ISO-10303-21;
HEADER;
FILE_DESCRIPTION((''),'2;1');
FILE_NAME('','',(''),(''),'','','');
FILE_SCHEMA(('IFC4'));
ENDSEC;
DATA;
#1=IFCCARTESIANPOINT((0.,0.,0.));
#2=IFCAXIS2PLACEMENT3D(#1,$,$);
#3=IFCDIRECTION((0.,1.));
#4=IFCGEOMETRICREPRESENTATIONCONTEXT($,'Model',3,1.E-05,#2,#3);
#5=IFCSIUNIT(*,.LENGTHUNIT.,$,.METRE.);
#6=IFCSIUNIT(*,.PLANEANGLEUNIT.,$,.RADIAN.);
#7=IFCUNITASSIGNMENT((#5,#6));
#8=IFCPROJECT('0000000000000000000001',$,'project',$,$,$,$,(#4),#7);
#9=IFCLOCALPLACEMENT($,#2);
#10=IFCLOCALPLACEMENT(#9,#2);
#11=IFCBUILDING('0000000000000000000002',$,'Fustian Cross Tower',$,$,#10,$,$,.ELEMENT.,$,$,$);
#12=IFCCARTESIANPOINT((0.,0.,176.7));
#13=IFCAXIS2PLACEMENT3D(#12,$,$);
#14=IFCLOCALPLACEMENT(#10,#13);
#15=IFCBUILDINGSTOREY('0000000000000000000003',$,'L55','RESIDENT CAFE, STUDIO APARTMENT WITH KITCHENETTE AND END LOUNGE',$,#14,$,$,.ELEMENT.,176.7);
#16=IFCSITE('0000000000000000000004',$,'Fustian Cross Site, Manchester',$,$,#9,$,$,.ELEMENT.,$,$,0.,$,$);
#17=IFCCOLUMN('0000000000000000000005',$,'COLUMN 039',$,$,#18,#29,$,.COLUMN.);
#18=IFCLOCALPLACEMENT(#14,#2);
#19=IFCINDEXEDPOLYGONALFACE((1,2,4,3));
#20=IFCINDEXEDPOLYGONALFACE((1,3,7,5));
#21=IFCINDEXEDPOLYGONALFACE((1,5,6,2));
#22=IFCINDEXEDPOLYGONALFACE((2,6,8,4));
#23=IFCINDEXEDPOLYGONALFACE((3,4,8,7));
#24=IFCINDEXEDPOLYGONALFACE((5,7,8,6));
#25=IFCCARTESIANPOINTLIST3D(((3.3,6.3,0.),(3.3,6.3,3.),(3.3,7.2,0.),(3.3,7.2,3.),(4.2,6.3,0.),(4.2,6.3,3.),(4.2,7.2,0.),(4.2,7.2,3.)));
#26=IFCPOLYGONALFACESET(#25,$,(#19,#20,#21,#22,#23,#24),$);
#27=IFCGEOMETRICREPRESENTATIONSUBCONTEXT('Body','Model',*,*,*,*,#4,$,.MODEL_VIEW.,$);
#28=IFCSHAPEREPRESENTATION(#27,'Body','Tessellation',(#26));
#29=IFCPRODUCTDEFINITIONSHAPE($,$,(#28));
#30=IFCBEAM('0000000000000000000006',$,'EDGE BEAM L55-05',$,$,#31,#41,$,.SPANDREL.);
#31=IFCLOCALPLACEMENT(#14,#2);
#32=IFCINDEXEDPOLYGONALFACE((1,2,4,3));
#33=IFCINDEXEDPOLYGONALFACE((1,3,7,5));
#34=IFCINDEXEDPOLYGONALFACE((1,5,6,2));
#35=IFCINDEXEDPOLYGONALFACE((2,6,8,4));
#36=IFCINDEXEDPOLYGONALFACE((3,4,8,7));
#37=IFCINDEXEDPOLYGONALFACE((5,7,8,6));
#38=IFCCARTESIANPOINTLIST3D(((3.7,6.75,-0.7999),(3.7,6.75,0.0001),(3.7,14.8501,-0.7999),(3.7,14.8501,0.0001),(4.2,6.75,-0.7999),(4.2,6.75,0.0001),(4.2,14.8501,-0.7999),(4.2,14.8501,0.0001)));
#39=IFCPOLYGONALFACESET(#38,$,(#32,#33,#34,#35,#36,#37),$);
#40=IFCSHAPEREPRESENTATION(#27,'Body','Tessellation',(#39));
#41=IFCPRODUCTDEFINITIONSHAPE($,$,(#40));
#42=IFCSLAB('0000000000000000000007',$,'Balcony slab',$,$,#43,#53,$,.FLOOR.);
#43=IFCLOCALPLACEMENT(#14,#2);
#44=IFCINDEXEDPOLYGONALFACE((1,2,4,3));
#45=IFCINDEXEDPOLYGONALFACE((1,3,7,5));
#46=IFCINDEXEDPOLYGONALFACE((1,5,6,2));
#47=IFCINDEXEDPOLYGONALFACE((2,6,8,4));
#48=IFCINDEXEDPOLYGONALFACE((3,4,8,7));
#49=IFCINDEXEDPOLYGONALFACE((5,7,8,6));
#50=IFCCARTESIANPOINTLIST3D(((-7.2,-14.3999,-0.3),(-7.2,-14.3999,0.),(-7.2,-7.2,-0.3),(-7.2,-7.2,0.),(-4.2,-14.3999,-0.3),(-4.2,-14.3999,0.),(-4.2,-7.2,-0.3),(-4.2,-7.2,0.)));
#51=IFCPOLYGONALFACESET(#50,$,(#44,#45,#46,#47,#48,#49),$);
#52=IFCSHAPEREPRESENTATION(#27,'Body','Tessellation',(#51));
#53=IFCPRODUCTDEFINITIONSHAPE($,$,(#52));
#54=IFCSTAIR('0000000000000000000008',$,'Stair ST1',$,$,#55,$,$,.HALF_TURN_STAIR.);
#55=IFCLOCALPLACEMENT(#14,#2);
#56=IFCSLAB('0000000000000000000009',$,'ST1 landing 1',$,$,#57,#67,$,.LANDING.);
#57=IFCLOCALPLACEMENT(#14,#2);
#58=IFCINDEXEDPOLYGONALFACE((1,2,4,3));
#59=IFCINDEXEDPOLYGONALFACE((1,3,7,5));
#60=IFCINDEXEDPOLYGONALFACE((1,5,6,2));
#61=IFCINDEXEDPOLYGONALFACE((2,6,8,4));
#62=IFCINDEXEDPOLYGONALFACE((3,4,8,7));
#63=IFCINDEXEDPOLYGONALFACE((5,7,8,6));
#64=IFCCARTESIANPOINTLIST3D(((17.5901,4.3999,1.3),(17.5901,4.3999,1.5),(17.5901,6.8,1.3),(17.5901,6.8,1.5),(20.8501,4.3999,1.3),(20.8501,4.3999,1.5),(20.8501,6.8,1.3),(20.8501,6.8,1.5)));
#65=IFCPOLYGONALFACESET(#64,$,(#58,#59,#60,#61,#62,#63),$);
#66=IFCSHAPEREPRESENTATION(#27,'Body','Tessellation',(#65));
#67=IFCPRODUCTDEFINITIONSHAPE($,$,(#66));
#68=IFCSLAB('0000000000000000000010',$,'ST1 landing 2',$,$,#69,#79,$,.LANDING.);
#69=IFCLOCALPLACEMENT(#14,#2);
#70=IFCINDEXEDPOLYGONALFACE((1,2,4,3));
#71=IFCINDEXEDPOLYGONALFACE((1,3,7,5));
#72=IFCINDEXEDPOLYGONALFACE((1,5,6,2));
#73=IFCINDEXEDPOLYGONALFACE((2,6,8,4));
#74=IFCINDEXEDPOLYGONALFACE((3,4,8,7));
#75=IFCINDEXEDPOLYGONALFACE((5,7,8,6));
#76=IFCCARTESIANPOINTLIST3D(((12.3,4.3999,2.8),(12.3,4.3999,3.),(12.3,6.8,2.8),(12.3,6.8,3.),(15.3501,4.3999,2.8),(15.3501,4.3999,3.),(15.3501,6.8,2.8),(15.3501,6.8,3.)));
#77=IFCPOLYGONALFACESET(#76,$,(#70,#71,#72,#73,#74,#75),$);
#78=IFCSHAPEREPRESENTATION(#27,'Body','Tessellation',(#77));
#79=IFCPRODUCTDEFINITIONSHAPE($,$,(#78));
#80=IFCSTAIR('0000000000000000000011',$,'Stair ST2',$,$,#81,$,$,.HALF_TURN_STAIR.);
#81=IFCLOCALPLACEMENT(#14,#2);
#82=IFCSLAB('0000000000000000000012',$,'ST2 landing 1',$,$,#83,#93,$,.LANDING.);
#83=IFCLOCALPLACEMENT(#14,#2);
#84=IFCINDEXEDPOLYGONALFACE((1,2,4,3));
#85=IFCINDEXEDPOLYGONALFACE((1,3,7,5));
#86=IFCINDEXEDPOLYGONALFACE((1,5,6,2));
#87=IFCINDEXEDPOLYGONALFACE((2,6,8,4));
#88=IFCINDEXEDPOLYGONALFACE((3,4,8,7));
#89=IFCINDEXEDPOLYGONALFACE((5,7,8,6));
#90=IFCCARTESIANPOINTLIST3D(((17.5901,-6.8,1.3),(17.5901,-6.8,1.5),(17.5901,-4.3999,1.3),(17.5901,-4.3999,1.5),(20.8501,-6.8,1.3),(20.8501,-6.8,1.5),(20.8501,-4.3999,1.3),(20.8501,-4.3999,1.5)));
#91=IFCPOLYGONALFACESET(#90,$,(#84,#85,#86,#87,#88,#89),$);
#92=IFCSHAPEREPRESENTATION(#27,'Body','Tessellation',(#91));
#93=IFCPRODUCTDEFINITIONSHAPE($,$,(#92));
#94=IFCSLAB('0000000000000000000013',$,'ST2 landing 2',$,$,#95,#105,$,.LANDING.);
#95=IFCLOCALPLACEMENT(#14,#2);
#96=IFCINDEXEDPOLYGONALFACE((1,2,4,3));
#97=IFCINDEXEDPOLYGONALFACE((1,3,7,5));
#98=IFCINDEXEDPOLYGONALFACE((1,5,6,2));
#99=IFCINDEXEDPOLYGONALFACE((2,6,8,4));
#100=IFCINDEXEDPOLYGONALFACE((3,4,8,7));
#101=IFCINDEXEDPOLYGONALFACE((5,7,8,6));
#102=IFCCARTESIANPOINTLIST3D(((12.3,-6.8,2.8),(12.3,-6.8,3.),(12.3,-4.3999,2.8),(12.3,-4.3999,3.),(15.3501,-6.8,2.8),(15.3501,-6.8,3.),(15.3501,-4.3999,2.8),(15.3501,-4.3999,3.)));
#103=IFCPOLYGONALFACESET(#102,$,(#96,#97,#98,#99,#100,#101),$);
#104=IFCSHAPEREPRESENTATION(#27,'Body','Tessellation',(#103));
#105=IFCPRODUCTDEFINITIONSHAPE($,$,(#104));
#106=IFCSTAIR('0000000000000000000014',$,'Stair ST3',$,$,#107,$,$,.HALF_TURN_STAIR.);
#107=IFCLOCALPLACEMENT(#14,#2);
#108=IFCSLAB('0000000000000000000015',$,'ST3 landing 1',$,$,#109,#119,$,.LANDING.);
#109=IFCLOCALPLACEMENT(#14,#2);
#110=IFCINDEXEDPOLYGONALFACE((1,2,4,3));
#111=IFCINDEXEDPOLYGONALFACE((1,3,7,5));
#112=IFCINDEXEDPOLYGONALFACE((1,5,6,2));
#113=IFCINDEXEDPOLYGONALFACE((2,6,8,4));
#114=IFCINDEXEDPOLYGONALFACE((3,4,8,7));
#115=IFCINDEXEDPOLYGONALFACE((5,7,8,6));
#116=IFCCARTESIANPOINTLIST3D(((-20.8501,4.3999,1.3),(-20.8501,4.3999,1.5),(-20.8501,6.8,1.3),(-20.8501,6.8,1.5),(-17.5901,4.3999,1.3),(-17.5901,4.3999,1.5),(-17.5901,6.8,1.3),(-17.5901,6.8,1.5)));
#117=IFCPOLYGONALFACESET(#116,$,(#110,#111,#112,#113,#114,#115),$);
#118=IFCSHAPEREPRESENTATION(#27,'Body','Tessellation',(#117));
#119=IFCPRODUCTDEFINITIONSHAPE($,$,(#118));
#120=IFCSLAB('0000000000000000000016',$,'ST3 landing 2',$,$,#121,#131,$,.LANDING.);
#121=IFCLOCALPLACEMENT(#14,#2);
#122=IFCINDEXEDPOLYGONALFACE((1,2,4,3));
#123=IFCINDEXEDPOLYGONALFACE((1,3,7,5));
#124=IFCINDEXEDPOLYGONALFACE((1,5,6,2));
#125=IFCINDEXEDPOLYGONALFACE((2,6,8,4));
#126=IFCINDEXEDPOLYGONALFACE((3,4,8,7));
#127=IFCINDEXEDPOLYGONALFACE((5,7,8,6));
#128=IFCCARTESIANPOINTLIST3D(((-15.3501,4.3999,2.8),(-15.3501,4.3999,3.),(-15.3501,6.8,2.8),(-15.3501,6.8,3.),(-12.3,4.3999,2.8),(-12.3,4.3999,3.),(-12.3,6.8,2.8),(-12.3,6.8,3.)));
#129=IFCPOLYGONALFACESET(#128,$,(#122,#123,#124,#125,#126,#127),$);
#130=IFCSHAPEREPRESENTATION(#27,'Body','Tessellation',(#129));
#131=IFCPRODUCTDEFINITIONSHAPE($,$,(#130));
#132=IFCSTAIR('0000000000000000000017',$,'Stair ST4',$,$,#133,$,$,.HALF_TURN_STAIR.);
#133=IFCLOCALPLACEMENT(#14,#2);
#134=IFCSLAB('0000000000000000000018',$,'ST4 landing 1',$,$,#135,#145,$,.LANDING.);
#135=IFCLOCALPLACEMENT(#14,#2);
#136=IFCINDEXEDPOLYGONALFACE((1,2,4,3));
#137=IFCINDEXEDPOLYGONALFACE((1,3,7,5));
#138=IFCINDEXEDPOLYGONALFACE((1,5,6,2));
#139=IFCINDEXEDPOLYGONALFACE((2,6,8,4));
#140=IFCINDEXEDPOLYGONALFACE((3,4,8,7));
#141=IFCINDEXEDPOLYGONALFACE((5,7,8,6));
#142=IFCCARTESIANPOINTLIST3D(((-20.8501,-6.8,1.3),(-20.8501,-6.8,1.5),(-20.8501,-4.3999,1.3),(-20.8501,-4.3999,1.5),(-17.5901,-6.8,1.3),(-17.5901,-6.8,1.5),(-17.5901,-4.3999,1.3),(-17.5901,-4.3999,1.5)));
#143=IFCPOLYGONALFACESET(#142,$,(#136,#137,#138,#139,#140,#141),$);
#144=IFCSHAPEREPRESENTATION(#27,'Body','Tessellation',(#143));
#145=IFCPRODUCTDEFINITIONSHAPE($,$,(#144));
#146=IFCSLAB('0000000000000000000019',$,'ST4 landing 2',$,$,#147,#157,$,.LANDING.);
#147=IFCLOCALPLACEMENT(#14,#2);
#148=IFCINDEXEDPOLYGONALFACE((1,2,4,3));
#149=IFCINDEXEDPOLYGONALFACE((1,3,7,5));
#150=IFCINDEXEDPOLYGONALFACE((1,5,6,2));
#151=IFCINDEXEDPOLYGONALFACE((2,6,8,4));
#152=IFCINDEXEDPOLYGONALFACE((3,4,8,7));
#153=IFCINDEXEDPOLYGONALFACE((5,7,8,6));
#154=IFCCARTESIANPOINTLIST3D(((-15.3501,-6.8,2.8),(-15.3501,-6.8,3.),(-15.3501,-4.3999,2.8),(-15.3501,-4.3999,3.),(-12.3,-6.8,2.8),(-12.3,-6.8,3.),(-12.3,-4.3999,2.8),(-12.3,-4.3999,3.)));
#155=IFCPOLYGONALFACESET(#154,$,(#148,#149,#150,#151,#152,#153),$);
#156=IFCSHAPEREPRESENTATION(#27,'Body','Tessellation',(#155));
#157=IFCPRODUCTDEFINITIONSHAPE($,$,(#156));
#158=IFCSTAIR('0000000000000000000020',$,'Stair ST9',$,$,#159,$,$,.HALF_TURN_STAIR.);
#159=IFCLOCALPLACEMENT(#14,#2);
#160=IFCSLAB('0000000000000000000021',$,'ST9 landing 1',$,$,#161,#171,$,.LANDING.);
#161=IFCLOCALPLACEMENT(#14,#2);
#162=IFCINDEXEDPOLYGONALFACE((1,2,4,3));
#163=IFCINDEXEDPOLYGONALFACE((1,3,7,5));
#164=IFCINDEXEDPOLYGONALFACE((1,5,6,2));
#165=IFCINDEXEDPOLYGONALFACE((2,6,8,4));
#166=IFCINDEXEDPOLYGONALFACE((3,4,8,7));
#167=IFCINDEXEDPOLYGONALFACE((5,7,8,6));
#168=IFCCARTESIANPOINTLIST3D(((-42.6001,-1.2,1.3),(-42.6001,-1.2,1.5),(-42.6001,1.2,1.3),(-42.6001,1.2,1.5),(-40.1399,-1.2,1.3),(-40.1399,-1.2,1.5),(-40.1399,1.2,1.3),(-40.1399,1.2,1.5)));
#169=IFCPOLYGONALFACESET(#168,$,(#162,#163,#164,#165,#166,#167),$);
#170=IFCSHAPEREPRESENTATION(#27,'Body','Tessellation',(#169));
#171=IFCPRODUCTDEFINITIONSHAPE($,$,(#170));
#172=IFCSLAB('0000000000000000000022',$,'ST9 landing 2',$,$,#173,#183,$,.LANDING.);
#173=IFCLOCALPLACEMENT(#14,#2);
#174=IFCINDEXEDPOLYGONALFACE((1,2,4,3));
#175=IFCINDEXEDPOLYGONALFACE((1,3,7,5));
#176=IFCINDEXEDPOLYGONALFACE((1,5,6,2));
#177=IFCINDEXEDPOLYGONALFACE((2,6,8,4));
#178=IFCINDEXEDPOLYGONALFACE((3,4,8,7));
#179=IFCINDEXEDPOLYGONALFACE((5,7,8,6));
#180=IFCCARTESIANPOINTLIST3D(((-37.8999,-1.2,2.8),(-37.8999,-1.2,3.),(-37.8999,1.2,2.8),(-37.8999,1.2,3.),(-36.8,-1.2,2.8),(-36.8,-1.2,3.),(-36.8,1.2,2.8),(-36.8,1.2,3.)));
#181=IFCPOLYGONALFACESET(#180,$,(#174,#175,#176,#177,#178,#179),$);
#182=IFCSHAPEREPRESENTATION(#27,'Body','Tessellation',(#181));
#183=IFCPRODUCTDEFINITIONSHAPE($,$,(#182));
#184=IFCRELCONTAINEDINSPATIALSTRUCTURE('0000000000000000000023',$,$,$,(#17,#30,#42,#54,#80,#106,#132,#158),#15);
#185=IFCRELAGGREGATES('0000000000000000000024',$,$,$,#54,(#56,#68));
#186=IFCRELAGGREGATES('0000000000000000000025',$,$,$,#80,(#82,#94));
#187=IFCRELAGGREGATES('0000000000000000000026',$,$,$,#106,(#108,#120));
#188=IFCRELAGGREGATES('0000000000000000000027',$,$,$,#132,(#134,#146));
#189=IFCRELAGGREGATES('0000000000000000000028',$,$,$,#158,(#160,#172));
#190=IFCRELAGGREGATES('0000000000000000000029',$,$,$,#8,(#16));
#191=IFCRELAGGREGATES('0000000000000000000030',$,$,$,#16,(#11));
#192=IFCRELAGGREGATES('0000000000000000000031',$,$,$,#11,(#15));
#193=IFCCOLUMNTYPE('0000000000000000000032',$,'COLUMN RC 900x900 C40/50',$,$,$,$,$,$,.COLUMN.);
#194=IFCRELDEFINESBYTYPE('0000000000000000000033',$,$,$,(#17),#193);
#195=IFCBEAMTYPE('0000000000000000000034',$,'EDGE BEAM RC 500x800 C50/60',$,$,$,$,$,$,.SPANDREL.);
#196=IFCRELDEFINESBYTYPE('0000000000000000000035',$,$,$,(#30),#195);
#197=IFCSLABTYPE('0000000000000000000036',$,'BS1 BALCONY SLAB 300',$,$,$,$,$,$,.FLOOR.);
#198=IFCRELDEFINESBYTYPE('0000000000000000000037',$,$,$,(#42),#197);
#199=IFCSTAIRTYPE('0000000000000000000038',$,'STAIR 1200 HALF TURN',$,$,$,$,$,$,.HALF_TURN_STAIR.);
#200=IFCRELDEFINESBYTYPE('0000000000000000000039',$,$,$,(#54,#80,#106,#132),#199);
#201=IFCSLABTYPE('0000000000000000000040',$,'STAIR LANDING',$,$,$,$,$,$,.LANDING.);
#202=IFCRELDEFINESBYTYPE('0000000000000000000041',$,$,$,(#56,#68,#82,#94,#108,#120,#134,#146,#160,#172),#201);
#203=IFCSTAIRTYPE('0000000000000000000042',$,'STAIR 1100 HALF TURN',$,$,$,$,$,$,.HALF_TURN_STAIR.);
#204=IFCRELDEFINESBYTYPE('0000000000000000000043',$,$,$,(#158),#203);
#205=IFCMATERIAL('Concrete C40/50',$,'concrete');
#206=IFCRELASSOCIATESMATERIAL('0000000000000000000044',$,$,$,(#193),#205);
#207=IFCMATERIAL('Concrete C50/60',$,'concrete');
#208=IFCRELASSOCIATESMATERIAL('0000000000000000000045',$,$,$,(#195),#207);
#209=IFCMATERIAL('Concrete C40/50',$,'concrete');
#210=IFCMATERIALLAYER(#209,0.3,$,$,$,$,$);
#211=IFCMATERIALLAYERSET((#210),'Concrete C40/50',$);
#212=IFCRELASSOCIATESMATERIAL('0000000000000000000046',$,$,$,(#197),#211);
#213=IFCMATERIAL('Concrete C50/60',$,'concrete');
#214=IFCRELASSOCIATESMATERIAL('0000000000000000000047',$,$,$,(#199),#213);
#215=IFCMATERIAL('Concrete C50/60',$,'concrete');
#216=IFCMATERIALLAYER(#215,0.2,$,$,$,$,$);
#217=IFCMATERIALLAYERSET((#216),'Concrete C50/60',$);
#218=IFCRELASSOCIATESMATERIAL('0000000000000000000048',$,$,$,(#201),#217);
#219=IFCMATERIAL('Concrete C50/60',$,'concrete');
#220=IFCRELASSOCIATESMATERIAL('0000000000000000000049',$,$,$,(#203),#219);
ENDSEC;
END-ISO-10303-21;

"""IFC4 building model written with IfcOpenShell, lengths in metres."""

from ifc_helpers import new_model, si_unit, direction, frame, origin, origin_2d, place, context, subcontext, project, spatial, polyline, rectangle, outline, extrude, material, layer, layer_set, material_profile, profile_set, type_object, element, aggregate, save


model = new_model("IFC4")

# Units and contexts
model_context = context("Model", 3, precision=1e-05, world=origin(), true_north=direction((0.0, 1.0)))
body_context = subcontext(model_context, "Body", "Model", "MODEL_VIEW")
ifc_project = project(units=[si_unit("LENGTHUNIT", "METRE"), si_unit("PLANEANGLEUNIT", "RADIAN")], contexts=[model_context])

# Site, building, storey
site_placement = place(None, origin())
site = spatial("IfcSite", under=ifc_project, at=site_placement, Name="Fustian Cross Site, Manchester", CompositionType="ELEMENT", RefElevation=0.0)
building_placement = place(site_placement, origin())
building = spatial("IfcBuilding", under=site, at=building_placement, Name="Fustian Cross Tower", CompositionType="ELEMENT")
storey_placement = place(building_placement, frame((0.0, 0.0, 176.7)))
storey = spatial("IfcBuildingStorey", under=building, at=storey_placement, Name="L55", Description="RESIDENT CAFE, STUDIO APARTMENT WITH KITCHENETTE AND END LOUNGE", CompositionType="ELEMENT", Elevation=176.7)

# Column
ifc_material_1 = material(Name="Concrete C40/50", Category="concrete")
ifc_material_profile_1 = material_profile(ifc_material_1, rectangle(XDim=0.8999, YDim=0.8999, at=origin_2d()), Name="RC 900x900")
ifc_profile_set_1 = profile_set([ifc_material_profile_1], Name="Concrete C40/50")
column_type = type_object("IfcColumnType", Name="COLUMN RC 900x900 C40/50", PredefinedType="COLUMN", material=ifc_profile_set_1)
column_placement = place(storey_placement, frame((3.75, 6.75, 0.0), z_axis=(0.0, 0.0, 1.0), x_axis=(1.0, 0.0, 0.0)))
element("IfcColumn", 1, at=column_placement, inside=storey, type_object=column_type, Name="COLUMN 039", PredefinedType="COLUMN", context=body_context, shape_type="SweptSolid", body=[
    extrude(rectangle(XDim=0.8999, YDim=0.8999, at=origin_2d()), origin(), (0.0, 0.0, 1.0), 3.0),
])

# Beam
ifc_material_2 = material(Name="Concrete C50/60", Category="concrete")
ifc_material_profile_2 = material_profile(ifc_material_2, rectangle(XDim=0.5, YDim=0.8, at=origin_2d()), Name="RC 500x800")
ifc_profile_set_2 = profile_set([ifc_material_profile_2], Name="Concrete C50/60")
beam_type = type_object("IfcBeamType", Name="EDGE BEAM RC 500x800 C50/60", PredefinedType="SPANDREL", material=ifc_profile_set_2)
beam_placement = place(storey_placement, frame((3.95, 6.75, -0.3999), z_axis=(0.0, 1.0, 0.0), x_axis=(-1.0, 0.0, 0.0)))
element("IfcBeam", 2, at=beam_placement, inside=storey, type_object=beam_type, Name="EDGE BEAM L55-05", PredefinedType="SPANDREL", context=body_context, shape_type="SweptSolid", body=[
    extrude(rectangle(XDim=0.5, YDim=0.8, at=origin_2d()), origin(), (0.0, 0.0, 1.0), 8.1001),
])

# Slab
ifc_material_3 = material(Name="Concrete C40/50", Category="concrete")
ifc_layer_1 = layer(ifc_material_3, 0.3)
ifc_layer_set_1 = layer_set([ifc_layer_1], Name="Concrete C40/50")
slab_type_1 = type_object("IfcSlabType", Name="BS1 BALCONY SLAB 300", PredefinedType="FLOOR", material=ifc_layer_set_1)
slab_1_placement = place(storey_placement, frame((0.0, 0.0, -0.3)))
element("IfcSlab", 3, at=slab_1_placement, inside=storey, type_object=slab_type_1, Name="Balcony slab", PredefinedType="FLOOR", context=body_context, shape_type="SweptSolid", body=[
    extrude(outline(polyline([(-7.2, -14.3999), (-4.2, -14.3999), (-4.2, -7.2), (-7.2, -7.2), (-7.2, -14.3999)])), origin(), (0.0, 0.0, 1.0), 0.3),
])

# Stairs, slabs
ifc_material_4 = material(Name="Concrete C50/60", Category="concrete")
stair_type_1 = type_object("IfcStairType", Name="STAIR 1200 HALF TURN", PredefinedType="HALF_TURN_STAIR", material=ifc_material_4)
stair_1_placement = place(storey_placement, origin())
stair_1 = element("IfcStair", 4, at=stair_1_placement, inside=storey, type_object=stair_type_1, Name="Stair ST1", PredefinedType="HALF_TURN_STAIR")
ifc_material_5 = material(Name="Concrete C50/60", Category="concrete")
ifc_layer_2 = layer(ifc_material_5, 0.2)
ifc_layer_set_2 = layer_set([ifc_layer_2], Name="Concrete C50/60")
slab_type_2 = type_object("IfcSlabType", Name="STAIR LANDING", PredefinedType="LANDING", material=ifc_layer_set_2)
slab_2_placement = place(storey_placement, frame((0.0, 0.0, 1.3)))
slab_2 = element("IfcSlab", 5, at=slab_2_placement, type_object=slab_type_2, Name="ST1 landing 1", PredefinedType="LANDING", context=body_context, shape_type="SweptSolid", body=[
    extrude(outline(polyline([(17.5901, 4.3999), (20.8501, 4.3999), (20.8501, 6.8), (17.5901, 6.8), (17.5901, 4.3999)])), origin(), (0.0, 0.0, 1.0), 0.2),
])
slab_3_placement = place(storey_placement, frame((0.0, 0.0, 2.8)))
slab_3 = element("IfcSlab", 6, at=slab_3_placement, type_object=slab_type_2, Name="ST1 landing 2", PredefinedType="LANDING", context=body_context, shape_type="SweptSolid", body=[
    extrude(outline(polyline([(12.3, 4.3999), (15.3501, 4.3999), (15.3501, 6.8), (12.3, 6.8), (12.3, 4.3999)])), origin(), (0.0, 0.0, 1.0), 0.2),
])
aggregate(stair_1, [slab_2, slab_3])
stair_2_placement = place(storey_placement, origin())
stair_2 = element("IfcStair", 7, at=stair_2_placement, inside=storey, type_object=stair_type_1, Name="Stair ST2", PredefinedType="HALF_TURN_STAIR")
slab_4_placement = place(storey_placement, frame((0.0, 0.0, 1.3)))
slab_4 = element("IfcSlab", 8, at=slab_4_placement, type_object=slab_type_2, Name="ST2 landing 1", PredefinedType="LANDING", context=body_context, shape_type="SweptSolid", body=[
    extrude(outline(polyline([(17.5901, -4.3999), (20.8501, -4.3999), (20.8501, -6.8), (17.5901, -6.8), (17.5901, -4.3999)])), origin(), (0.0, 0.0, 1.0), 0.2),
])
slab_5_placement = place(storey_placement, frame((0.0, 0.0, 2.8)))
slab_5 = element("IfcSlab", 9, at=slab_5_placement, type_object=slab_type_2, Name="ST2 landing 2", PredefinedType="LANDING", context=body_context, shape_type="SweptSolid", body=[
    extrude(outline(polyline([(12.3, -4.3999), (15.3501, -4.3999), (15.3501, -6.8), (12.3, -6.8), (12.3, -4.3999)])), origin(), (0.0, 0.0, 1.0), 0.2),
])
aggregate(stair_2, [slab_4, slab_5])
stair_3_placement = place(storey_placement, origin())
stair_3 = element("IfcStair", 10, at=stair_3_placement, inside=storey, type_object=stair_type_1, Name="Stair ST3", PredefinedType="HALF_TURN_STAIR")
slab_6_placement = place(storey_placement, frame((0.0, 0.0, 1.3)))
slab_6 = element("IfcSlab", 11, at=slab_6_placement, type_object=slab_type_2, Name="ST3 landing 1", PredefinedType="LANDING", context=body_context, shape_type="SweptSolid", body=[
    extrude(outline(polyline([(-17.5901, 4.3999), (-20.8501, 4.3999), (-20.8501, 6.8), (-17.5901, 6.8), (-17.5901, 4.3999)])), origin(), (0.0, 0.0, 1.0), 0.2),
])
slab_7_placement = place(storey_placement, frame((0.0, 0.0, 2.8)))
slab_7 = element("IfcSlab", 12, at=slab_7_placement, type_object=slab_type_2, Name="ST3 landing 2", PredefinedType="LANDING", context=body_context, shape_type="SweptSolid", body=[
    extrude(outline(polyline([(-12.3, 4.3999), (-15.3501, 4.3999), (-15.3501, 6.8), (-12.3, 6.8), (-12.3, 4.3999)])), origin(), (0.0, 0.0, 1.0), 0.2),
])
aggregate(stair_3, [slab_6, slab_7])
stair_4_placement = place(storey_placement, origin())
stair_4 = element("IfcStair", 13, at=stair_4_placement, inside=storey, type_object=stair_type_1, Name="Stair ST4", PredefinedType="HALF_TURN_STAIR")
slab_8_placement = place(storey_placement, frame((0.0, 0.0, 1.3)))
slab_8 = element("IfcSlab", 14, at=slab_8_placement, type_object=slab_type_2, Name="ST4 landing 1", PredefinedType="LANDING", context=body_context, shape_type="SweptSolid", body=[
    extrude(outline(polyline([(-17.5901, -4.3999), (-20.8501, -4.3999), (-20.8501, -6.8), (-17.5901, -6.8), (-17.5901, -4.3999)])), origin(), (0.0, 0.0, 1.0), 0.2),
])
slab_9_placement = place(storey_placement, frame((0.0, 0.0, 2.8)))
slab_9 = element("IfcSlab", 15, at=slab_9_placement, type_object=slab_type_2, Name="ST4 landing 2", PredefinedType="LANDING", context=body_context, shape_type="SweptSolid", body=[
    extrude(outline(polyline([(-12.3, -4.3999), (-15.3501, -4.3999), (-15.3501, -6.8), (-12.3, -6.8), (-12.3, -4.3999)])), origin(), (0.0, 0.0, 1.0), 0.2),
])
aggregate(stair_4, [slab_8, slab_9])
ifc_material_6 = material(Name="Concrete C50/60", Category="concrete")
stair_type_2 = type_object("IfcStairType", Name="STAIR 1100 HALF TURN", PredefinedType="HALF_TURN_STAIR", material=ifc_material_6)
stair_5_placement = place(storey_placement, origin())
stair_5 = element("IfcStair", 16, at=stair_5_placement, inside=storey, type_object=stair_type_2, Name="Stair ST9", PredefinedType="HALF_TURN_STAIR")
slab_10_placement = place(storey_placement, frame((0.0, 0.0, 1.3)))
slab_10 = element("IfcSlab", 17, at=slab_10_placement, type_object=slab_type_2, Name="ST9 landing 1", PredefinedType="LANDING", context=body_context, shape_type="SweptSolid", body=[
    extrude(outline(polyline([(-40.1399, -1.2), (-42.6001, -1.2), (-42.6001, 1.2), (-40.1399, 1.2), (-40.1399, -1.2)])), origin(), (0.0, 0.0, 1.0), 0.2),
])
slab_11_placement = place(storey_placement, frame((0.0, 0.0, 2.8)))
slab_11 = element("IfcSlab", 18, at=slab_11_placement, type_object=slab_type_2, Name="ST9 landing 2", PredefinedType="LANDING", context=body_context, shape_type="SweptSolid", body=[
    extrude(outline(polyline([(-36.8, -1.2), (-37.8999, -1.2), (-37.8999, 1.2), (-36.8, 1.2), (-36.8, -1.2)])), origin(), (0.0, 0.0, 1.0), 0.2),
])
aggregate(stair_5, [slab_10, slab_11])

save(model, "model.ifc")
